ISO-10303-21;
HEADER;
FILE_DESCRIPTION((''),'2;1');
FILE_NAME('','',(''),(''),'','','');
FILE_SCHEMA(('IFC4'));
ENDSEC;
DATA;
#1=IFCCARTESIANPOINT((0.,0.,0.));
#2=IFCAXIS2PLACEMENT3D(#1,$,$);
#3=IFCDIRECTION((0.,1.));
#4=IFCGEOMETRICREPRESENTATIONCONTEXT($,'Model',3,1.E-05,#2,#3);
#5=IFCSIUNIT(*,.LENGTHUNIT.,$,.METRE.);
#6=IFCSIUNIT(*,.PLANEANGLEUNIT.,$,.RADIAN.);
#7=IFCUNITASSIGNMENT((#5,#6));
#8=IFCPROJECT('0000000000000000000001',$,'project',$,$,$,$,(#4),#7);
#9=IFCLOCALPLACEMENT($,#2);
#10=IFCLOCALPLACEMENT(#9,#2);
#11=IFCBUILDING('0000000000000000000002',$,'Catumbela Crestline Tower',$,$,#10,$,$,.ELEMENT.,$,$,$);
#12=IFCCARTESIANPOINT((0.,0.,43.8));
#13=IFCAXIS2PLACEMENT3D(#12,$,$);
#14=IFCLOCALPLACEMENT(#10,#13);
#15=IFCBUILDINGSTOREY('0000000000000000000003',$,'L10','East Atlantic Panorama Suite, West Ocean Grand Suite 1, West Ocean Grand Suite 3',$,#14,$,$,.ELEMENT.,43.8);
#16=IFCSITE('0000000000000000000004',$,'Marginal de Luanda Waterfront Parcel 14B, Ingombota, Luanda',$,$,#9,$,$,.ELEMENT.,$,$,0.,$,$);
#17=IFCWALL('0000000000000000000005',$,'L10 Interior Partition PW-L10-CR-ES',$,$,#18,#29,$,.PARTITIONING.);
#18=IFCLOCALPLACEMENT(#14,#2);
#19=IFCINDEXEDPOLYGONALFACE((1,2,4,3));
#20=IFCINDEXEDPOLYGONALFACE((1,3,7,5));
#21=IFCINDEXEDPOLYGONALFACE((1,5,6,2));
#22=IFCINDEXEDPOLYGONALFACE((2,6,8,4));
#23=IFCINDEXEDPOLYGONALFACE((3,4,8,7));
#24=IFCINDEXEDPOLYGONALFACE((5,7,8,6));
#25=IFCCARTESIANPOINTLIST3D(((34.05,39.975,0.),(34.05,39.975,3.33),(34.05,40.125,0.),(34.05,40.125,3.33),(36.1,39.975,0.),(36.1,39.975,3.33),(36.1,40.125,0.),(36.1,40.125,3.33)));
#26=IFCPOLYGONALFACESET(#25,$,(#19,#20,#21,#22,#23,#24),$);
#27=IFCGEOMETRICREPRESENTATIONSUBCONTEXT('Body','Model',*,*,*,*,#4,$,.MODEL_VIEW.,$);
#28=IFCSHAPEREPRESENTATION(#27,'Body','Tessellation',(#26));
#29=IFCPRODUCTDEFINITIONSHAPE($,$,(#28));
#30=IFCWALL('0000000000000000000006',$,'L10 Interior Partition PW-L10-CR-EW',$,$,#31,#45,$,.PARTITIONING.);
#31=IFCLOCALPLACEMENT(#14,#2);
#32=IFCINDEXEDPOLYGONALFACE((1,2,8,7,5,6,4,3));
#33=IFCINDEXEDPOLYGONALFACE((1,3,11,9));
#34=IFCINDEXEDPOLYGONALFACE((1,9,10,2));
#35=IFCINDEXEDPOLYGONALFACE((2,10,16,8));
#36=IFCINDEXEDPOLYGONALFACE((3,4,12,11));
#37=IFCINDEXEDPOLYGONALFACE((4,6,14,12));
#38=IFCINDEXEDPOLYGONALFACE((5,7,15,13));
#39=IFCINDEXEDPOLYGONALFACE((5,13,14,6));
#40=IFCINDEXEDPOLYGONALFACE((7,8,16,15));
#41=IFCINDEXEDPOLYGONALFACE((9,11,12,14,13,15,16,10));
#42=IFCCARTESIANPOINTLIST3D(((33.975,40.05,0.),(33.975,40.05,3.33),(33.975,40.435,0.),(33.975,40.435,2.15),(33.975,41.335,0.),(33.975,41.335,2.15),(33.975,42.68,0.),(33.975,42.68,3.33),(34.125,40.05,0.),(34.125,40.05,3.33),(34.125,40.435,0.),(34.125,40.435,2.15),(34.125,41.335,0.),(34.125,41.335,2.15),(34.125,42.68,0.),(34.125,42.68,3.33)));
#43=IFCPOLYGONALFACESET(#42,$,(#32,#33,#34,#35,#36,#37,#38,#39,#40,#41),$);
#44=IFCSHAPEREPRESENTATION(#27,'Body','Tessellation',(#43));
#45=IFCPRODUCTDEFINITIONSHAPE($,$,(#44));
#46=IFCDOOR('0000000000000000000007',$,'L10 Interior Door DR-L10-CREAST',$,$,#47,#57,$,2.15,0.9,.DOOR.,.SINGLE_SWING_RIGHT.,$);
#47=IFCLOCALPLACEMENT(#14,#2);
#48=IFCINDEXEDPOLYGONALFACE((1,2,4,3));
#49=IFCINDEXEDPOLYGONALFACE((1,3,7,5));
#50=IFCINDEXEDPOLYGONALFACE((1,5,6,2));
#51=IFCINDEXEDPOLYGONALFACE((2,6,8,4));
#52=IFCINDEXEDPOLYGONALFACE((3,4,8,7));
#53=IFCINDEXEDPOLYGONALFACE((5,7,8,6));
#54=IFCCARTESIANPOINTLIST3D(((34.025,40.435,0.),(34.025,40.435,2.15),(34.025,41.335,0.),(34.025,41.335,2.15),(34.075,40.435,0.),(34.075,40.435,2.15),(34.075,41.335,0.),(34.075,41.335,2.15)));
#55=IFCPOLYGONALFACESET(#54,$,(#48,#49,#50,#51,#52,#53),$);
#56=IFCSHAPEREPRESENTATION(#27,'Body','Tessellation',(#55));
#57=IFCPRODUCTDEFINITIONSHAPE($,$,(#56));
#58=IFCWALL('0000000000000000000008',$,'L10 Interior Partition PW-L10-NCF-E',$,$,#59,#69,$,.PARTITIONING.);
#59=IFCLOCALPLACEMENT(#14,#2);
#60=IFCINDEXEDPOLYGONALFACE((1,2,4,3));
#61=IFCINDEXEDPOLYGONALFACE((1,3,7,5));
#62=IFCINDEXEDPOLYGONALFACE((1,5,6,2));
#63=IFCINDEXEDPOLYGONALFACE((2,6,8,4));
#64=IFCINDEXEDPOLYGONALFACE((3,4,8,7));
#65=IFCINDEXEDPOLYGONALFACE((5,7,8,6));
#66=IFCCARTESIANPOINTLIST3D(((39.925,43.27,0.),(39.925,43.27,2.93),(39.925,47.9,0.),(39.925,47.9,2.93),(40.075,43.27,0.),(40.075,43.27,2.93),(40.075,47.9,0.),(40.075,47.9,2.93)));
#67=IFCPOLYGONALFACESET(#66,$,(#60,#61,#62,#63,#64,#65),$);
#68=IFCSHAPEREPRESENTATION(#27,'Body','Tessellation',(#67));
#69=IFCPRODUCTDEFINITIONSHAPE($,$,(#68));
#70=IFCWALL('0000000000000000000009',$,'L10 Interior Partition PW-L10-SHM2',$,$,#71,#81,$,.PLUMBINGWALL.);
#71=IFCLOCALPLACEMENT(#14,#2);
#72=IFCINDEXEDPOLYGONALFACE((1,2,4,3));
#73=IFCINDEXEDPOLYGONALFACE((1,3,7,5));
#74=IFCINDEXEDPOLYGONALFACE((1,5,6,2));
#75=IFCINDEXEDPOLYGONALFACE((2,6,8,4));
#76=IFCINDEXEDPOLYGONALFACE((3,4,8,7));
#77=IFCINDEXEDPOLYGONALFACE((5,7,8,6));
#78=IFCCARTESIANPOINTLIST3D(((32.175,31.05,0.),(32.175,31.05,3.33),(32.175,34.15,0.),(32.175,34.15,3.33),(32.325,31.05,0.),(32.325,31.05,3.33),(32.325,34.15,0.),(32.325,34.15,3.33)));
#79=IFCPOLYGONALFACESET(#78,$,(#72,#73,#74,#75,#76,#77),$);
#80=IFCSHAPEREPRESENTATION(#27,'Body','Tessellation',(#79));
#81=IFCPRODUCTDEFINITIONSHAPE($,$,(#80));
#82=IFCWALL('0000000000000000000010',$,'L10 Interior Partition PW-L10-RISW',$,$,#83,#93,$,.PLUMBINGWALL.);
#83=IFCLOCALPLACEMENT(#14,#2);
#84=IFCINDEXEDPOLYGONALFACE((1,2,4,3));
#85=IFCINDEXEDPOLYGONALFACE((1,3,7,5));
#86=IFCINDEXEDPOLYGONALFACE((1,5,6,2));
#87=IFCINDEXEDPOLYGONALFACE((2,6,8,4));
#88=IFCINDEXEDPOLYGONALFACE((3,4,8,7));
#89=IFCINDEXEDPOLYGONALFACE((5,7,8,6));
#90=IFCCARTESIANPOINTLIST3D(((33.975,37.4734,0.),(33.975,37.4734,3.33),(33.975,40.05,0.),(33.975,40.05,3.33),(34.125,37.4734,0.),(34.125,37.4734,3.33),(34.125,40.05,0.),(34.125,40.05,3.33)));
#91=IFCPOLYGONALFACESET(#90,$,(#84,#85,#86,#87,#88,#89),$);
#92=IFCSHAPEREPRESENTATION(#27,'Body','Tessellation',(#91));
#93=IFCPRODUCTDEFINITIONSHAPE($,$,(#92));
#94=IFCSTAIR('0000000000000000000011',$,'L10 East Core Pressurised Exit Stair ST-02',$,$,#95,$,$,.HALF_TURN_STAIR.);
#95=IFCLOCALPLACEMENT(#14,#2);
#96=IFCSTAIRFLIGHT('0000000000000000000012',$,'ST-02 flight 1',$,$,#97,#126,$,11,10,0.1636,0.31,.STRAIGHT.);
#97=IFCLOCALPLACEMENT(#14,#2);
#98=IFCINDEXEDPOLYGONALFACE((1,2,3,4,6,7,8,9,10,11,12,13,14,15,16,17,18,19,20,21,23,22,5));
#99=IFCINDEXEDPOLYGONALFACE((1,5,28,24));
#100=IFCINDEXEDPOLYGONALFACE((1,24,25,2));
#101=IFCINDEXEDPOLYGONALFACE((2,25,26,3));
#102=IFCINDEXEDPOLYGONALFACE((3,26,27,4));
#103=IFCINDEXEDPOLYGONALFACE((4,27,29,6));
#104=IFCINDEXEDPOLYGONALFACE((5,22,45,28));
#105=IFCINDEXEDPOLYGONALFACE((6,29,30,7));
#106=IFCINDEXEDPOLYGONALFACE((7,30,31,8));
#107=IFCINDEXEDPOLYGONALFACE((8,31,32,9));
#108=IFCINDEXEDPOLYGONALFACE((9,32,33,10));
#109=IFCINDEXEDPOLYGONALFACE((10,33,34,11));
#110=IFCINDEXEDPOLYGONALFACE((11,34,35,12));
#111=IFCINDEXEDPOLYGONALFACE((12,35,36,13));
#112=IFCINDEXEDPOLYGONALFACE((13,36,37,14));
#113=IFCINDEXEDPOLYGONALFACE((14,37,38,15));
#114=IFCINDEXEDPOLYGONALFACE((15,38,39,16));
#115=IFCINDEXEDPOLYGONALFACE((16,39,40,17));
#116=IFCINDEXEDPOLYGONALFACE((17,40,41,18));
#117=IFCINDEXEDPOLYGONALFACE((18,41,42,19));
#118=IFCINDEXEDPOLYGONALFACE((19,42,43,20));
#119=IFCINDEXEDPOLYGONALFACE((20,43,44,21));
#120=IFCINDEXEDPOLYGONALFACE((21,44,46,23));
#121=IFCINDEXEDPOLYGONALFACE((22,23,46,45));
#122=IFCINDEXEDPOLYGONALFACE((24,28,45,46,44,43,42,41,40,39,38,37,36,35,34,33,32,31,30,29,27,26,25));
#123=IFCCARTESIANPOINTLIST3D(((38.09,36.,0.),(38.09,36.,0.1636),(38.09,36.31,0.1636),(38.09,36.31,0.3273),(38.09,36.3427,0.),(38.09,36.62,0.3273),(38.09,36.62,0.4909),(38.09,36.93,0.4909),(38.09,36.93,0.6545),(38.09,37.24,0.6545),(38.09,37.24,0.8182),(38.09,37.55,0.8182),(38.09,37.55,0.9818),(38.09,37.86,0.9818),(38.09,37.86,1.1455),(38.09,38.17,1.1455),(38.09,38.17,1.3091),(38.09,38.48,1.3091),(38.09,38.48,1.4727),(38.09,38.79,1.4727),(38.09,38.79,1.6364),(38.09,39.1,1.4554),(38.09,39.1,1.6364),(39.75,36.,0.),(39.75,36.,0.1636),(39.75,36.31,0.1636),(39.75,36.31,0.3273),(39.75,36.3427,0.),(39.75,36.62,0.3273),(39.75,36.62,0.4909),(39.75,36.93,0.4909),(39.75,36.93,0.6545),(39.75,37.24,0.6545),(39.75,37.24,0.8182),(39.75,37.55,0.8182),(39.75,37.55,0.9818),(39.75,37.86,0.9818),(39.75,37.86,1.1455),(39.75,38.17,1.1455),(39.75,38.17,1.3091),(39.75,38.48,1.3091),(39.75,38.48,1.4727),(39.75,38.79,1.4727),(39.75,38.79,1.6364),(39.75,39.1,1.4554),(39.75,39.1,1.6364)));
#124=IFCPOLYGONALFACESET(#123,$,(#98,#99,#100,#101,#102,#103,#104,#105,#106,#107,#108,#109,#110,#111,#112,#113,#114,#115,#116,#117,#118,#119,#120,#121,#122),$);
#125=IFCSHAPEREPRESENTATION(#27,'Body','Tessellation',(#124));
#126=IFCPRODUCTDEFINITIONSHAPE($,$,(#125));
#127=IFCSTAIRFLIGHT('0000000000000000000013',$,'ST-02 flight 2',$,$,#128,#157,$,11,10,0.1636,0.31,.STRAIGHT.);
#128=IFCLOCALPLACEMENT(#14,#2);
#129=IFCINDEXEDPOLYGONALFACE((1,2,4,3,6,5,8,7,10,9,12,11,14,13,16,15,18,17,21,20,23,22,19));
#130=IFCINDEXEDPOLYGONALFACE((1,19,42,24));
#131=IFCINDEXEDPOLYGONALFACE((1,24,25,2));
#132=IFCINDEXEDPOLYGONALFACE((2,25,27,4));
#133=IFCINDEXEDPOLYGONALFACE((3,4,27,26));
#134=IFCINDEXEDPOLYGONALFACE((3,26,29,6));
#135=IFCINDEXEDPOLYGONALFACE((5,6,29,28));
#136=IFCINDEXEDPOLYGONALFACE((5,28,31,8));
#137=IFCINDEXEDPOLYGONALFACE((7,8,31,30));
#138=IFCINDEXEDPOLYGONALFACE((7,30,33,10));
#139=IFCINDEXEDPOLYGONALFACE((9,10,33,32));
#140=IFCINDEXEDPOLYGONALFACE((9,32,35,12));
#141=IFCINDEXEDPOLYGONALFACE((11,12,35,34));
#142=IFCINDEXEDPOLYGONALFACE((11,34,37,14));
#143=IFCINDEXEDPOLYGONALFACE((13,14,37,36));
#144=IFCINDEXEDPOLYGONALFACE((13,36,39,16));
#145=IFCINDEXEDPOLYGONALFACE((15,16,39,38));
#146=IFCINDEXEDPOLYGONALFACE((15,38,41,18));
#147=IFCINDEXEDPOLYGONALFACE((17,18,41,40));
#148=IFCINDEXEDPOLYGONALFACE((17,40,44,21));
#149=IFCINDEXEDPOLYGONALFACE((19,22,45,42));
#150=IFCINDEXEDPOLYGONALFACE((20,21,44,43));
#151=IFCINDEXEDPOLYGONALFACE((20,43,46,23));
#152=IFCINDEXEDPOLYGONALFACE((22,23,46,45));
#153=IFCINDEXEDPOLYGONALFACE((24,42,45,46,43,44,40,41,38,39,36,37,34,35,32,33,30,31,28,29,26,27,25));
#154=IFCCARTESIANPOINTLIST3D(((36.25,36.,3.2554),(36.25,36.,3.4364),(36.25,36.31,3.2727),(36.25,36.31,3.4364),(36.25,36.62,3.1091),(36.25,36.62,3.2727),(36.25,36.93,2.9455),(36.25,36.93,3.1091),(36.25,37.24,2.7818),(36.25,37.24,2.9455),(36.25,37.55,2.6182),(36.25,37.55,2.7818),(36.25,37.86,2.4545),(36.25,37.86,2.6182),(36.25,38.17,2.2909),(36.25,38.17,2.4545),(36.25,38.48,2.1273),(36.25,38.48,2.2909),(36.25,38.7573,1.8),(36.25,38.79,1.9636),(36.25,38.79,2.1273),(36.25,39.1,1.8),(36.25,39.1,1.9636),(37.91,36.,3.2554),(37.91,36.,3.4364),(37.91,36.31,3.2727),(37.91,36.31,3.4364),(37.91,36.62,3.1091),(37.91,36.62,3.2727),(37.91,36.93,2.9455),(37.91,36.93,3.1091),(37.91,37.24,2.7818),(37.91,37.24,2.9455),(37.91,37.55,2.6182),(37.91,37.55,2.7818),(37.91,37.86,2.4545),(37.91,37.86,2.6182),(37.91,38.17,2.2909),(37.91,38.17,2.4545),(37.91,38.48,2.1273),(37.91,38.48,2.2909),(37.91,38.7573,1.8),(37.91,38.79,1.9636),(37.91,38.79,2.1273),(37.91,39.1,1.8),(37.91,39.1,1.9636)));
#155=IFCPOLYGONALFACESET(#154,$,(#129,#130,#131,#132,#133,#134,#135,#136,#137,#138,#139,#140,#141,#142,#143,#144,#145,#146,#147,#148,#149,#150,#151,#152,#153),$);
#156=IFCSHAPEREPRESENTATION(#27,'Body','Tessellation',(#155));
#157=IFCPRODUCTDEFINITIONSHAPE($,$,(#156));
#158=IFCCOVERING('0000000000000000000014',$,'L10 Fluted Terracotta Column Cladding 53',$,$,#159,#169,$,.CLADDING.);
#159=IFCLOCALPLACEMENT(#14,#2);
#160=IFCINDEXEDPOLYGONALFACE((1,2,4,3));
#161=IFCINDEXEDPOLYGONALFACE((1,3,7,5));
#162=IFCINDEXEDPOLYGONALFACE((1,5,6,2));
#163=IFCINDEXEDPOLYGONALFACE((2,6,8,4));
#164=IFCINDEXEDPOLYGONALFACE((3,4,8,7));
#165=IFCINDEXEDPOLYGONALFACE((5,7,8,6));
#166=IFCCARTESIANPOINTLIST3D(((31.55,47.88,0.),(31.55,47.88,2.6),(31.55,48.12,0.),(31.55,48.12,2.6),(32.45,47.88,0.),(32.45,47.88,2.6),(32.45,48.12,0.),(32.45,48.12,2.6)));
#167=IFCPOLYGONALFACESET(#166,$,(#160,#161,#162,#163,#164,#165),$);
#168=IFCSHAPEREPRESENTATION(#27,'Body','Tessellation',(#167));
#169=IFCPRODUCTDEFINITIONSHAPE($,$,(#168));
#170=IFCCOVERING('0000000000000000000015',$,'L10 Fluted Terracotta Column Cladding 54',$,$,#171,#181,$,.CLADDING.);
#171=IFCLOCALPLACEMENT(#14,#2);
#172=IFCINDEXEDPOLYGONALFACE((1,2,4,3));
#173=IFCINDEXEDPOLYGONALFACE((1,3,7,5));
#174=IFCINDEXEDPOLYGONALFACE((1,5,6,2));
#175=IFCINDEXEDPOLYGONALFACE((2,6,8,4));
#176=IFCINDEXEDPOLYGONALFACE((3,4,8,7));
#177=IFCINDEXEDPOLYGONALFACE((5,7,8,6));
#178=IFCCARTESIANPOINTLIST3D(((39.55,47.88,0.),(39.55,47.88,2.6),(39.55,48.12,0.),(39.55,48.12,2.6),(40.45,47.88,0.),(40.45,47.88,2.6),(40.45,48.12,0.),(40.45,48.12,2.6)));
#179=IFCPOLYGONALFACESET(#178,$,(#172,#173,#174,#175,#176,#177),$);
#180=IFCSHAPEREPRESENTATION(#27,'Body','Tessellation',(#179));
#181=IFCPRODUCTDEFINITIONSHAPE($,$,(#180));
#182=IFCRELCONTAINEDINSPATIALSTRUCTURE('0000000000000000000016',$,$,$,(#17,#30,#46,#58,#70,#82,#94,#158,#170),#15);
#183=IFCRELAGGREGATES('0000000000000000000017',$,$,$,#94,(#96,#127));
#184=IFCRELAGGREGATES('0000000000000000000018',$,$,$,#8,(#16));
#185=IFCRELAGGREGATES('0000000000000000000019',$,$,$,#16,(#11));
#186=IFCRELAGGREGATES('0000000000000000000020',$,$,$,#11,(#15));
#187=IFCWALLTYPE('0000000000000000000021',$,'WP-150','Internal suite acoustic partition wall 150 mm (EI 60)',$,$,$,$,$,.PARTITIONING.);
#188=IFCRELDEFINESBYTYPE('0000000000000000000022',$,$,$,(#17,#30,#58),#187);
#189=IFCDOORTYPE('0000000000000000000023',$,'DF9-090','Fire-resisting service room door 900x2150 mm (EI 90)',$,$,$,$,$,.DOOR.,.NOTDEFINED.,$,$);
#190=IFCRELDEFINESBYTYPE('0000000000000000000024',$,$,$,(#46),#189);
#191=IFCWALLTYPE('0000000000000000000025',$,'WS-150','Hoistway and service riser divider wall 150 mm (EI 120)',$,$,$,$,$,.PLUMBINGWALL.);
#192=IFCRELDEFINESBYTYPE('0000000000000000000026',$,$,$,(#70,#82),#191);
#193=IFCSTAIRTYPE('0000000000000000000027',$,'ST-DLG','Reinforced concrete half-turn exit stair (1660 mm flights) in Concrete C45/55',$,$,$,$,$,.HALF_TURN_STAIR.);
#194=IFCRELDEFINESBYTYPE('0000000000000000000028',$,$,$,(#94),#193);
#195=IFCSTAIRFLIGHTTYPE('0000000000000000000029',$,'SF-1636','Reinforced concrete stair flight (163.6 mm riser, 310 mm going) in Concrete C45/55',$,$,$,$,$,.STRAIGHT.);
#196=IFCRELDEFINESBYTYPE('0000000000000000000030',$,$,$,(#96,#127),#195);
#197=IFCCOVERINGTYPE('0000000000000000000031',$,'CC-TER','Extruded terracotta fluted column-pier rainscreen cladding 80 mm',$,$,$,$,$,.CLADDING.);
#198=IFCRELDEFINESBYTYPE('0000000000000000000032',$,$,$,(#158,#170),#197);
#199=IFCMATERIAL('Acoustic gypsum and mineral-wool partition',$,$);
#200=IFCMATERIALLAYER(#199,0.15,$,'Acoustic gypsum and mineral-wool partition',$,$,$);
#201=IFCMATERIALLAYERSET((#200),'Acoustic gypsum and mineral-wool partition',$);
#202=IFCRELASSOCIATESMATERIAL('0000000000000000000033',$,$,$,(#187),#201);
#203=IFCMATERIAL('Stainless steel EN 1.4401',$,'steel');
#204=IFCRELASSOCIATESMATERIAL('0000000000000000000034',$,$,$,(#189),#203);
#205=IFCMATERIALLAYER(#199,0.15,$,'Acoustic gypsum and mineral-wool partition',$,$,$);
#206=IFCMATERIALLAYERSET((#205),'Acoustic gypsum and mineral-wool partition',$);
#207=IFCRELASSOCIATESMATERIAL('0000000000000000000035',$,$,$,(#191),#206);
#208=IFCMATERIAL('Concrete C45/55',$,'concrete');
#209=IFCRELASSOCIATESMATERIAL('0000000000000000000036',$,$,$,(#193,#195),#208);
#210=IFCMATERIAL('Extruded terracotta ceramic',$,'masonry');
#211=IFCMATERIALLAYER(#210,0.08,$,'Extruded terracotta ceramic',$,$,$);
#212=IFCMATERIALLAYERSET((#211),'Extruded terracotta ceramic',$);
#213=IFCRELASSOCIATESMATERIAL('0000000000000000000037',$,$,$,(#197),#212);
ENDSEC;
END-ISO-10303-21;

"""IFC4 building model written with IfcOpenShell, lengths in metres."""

from ifc_helpers import new_model, si_unit, direction, frame, frame_2d, origin, origin_2d, place, context, subcontext, project, spatial, polyline, rectangle, outline, extrude, material, layer, layer_set, type_object, element, fill, aggregate, save


model = new_model("IFC4")

# Units and contexts
model_context = context("Model", 3, precision=1e-05, world=origin(), true_north=direction((0.0, 1.0)))
body_context = subcontext(model_context, "Body", "Model", "MODEL_VIEW")
ifc_project = project(units=[si_unit("LENGTHUNIT", "METRE"), si_unit("PLANEANGLEUNIT", "RADIAN")], contexts=[model_context])

# Site, building, storey
site_placement = place(None, origin())
site = spatial("IfcSite", under=ifc_project, at=site_placement, Name="Marginal de Luanda Waterfront Parcel 14B, Ingombota, Luanda", CompositionType="ELEMENT", RefElevation=0.0)
building_placement = place(site_placement, origin())
building = spatial("IfcBuilding", under=site, at=building_placement, Name="Catumbela Crestline Tower", CompositionType="ELEMENT")
storey_placement = place(building_placement, frame((0.0, 0.0, 43.8)))
storey = spatial("IfcBuildingStorey", under=building, at=storey_placement, Name="L10", Description="East Atlantic Panorama Suite, West Ocean Grand Suite 1, West Ocean Grand Suite 3", CompositionType="ELEMENT", Elevation=43.8)

# Shared definitions
ifc_material_1 = material(Name="Stainless steel EN 1.4401", Category="steel")

# Wall
ifc_material_2 = material(Name="Acoustic gypsum and mineral-wool partition")
ifc_layer_1 = layer(ifc_material_2, 0.15, Name="Acoustic gypsum and mineral-wool partition")
ifc_layer_set_1 = layer_set([ifc_layer_1], Name="Acoustic gypsum and mineral-wool partition")
wall_type_1 = type_object("IfcWallType", Name="WP-150", Description="Internal suite acoustic partition wall 150 mm (EI 60)", PredefinedType="PARTITIONING", material=ifc_layer_set_1)
wall_1_placement = place(storey_placement, frame((34.05, 40.05, 0.0), z_axis=(0.0, 0.0, 1.0), x_axis=(1.0, 0.0, 0.0)))
element("IfcWall", 1, at=wall_1_placement, inside=storey, type_object=wall_type_1, Name="L10 Interior Partition PW-L10-CR-ES", PredefinedType="PARTITIONING", context=body_context, shape_type="SweptSolid", body=[
    extrude(rectangle(XDim=2.05, YDim=0.15, at=frame_2d((1.025, 0.0))), origin(), (0.0, 0.0, 1.0), 3.33),
])

# Wall, opening, door
wall_2_placement = place(storey_placement, frame((34.05, 40.05, 0.0), z_axis=(0.0, 0.0, 1.0), x_axis=(0.0, 1.0, 0.0)))
wall_2 = element("IfcWall", 2, at=wall_2_placement, inside=storey, type_object=wall_type_1, Name="L10 Interior Partition PW-L10-CR-EW", PredefinedType="PARTITIONING", context=body_context, shape_type="SweptSolid", body=[
    extrude(rectangle(XDim=2.63, YDim=0.15, at=frame_2d((1.315, 0.0))), origin(), (0.0, 0.0, 1.0), 3.33),
])
opening_1_placement = place(wall_2_placement, frame((0.385, 0.0, 0.0)))
opening_1 = element("IfcOpeningElement", 3, at=opening_1_placement, cuts=wall_2, PredefinedType="OPENING", context=body_context, shape_type="SweptSolid", body=[
    extrude(rectangle(XDim=0.9, YDim=2.15, at=frame_2d((0.45, 1.075))), frame((0.0, 0.085, 0.0), z_axis=(0.0, -1.0, 0.0), x_axis=(1.0, 0.0, 0.0)), (0.0, 0.0, 1.0), 0.17),
])
door_type_1 = type_object("IfcDoorType", Name="DF9-090", Description="Fire-resisting service room door 900x2150 mm (EI 90)", OperationType="NOTDEFINED", PredefinedType="DOOR", material=ifc_material_1)
door_1_placement = place(opening_1_placement, origin())
door_1 = element("IfcDoor", 4, at=door_1_placement, inside=storey, type_object=door_type_1, Name="L10 Interior Door DR-L10-CREAST", OperationType="SINGLE_SWING_RIGHT", OverallHeight=2.15, OverallWidth=0.9, PredefinedType="DOOR", context=body_context, shape_type="SweptSolid", body=[
    extrude(rectangle(XDim=0.9, YDim=2.15, at=frame_2d((0.45, 1.075))), frame((0.0, 0.025, 0.0), z_axis=(0.0, -1.0, 0.0), x_axis=(1.0, 0.0, 0.0)), (0.0, 0.0, 1.0), 0.05),
])
fill(opening_1, door_1)

# Walls
wall_3_placement = place(storey_placement, frame((40.0, 43.27, 0.0), z_axis=(0.0, 0.0, 1.0), x_axis=(0.0, 1.0, 0.0)))
element("IfcWall", 5, at=wall_3_placement, inside=storey, type_object=wall_type_1, Name="L10 Interior Partition PW-L10-NCF-E", PredefinedType="PARTITIONING", context=body_context, shape_type="SweptSolid", body=[
    extrude(rectangle(XDim=4.63, YDim=0.15, at=frame_2d((2.315, 0.0))), origin(), (0.0, 0.0, 1.0), 2.93),
])
ifc_layer_2 = layer(ifc_material_2, 0.15, Name="Acoustic gypsum and mineral-wool partition")
ifc_layer_set_2 = layer_set([ifc_layer_2], Name="Acoustic gypsum and mineral-wool partition")
wall_type_2 = type_object("IfcWallType", Name="WS-150", Description="Hoistway and service riser divider wall 150 mm (EI 120)", PredefinedType="PLUMBINGWALL", material=ifc_layer_set_2)
wall_4_placement = place(storey_placement, frame((32.25, 31.05, 0.0), z_axis=(0.0, 0.0, 1.0), x_axis=(0.0, 1.0, 0.0)))
element("IfcWall", 6, at=wall_4_placement, inside=storey, type_object=wall_type_2, Name="L10 Interior Partition PW-L10-SHM2", PredefinedType="PLUMBINGWALL", context=body_context, shape_type="SweptSolid", body=[
    extrude(rectangle(XDim=3.1, YDim=0.15, at=frame_2d((1.55, 0.0))), origin(), (0.0, 0.0, 1.0), 3.33),
])
wall_5_placement = place(storey_placement, frame((34.05, 37.4734, 0.0), z_axis=(0.0, 0.0, 1.0), x_axis=(0.0, 1.0, 0.0)))
element("IfcWall", 7, at=wall_5_placement, inside=storey, type_object=wall_type_2, Name="L10 Interior Partition PW-L10-RISW", PredefinedType="PLUMBINGWALL", context=body_context, shape_type="SweptSolid", body=[
    extrude(rectangle(XDim=2.5766, YDim=0.15, at=frame_2d((1.2883, 0.0))), origin(), (0.0, 0.0, 1.0), 3.33),
])

# Stair, stair flights
ifc_material_3 = material(Name="Concrete C45/55", Category="concrete")
stair_type = type_object("IfcStairType", Name="ST-DLG", Description="Reinforced concrete half-turn exit stair (1660 mm flights) in Concrete C45/55", PredefinedType="HALF_TURN_STAIR", material=ifc_material_3)
stair_placement = place(storey_placement, origin())
stair = element("IfcStair", 8, at=stair_placement, inside=storey, type_object=stair_type, Name="L10 East Core Pressurised Exit Stair ST-02", PredefinedType="HALF_TURN_STAIR")
stair_flight_type = type_object("IfcStairFlightType", Name="SF-1636", Description="Reinforced concrete stair flight (163.6 mm riser, 310 mm going) in Concrete C45/55", PredefinedType="STRAIGHT", material=ifc_material_3)
stair_flight_1_placement = place(storey_placement, frame((38.92, 36.0, 0.0), z_axis=(0.0, 0.0, 1.0), x_axis=(0.0, 1.0, 0.0)))
stair_flight_1 = element("IfcStairFlight", 9, at=stair_flight_1_placement, type_object=stair_flight_type, Name="ST-02 flight 1", NumberOfRisers=11, NumberOfTreads=10, PredefinedType="STRAIGHT", RiserHeight=0.1636, TreadLength=0.31, context=body_context, shape_type="SweptSolid", body=[
    extrude(outline(polyline([(0.0, 0.0), (0.0, 0.1636), (0.31, 0.1636), (0.31, 0.3273), (0.62, 0.3273), (0.62, 0.4909), (0.93, 0.4909), (0.93, 0.6545), (1.24, 0.6545), (1.24, 0.8182), (1.55, 0.8182), (1.55, 0.9818), (1.86, 0.9818), (1.86, 1.1455), (2.17, 1.1455), (2.17, 1.3091), (2.48, 1.3091), (2.48, 1.4727), (2.79, 1.4727), (2.79, 1.6364), (3.1, 1.6364), (3.1, 1.8), (3.1, 1.4554), (0.3427, 0.0), (0.0, 0.0)])), frame((0.0, 0.83, 0.0), z_axis=(0.0, -1.0, 0.0), x_axis=(1.0, 0.0, 0.0)), (0.0, 0.0, 1.0), 1.66),
])
stair_flight_2_placement = place(storey_placement, frame((37.08, 39.1, 1.8), z_axis=(0.0, 0.0, 1.0), x_axis=(0.0, -1.0, 0.0)))
stair_flight_2 = element("IfcStairFlight", 10, at=stair_flight_2_placement, type_object=stair_flight_type, Name="ST-02 flight 2", NumberOfRisers=11, NumberOfTreads=10, PredefinedType="STRAIGHT", RiserHeight=0.1636, TreadLength=0.31, context=body_context, shape_type="SweptSolid", body=[
    extrude(outline(polyline([(0.0, 0.0), (0.0, 0.1636), (0.31, 0.1636), (0.31, 0.3273), (0.62, 0.3273), (0.62, 0.4909), (0.93, 0.4909), (0.93, 0.6545), (1.24, 0.6545), (1.24, 0.8182), (1.55, 0.8182), (1.55, 0.9818), (1.86, 0.9818), (1.86, 1.1455), (2.17, 1.1455), (2.17, 1.3091), (2.48, 1.3091), (2.48, 1.4727), (2.79, 1.4727), (2.79, 1.6364), (3.1, 1.6364), (3.1, 1.8), (3.1, 1.4554), (0.3427, 0.0), (0.0, 0.0)])), frame((0.0, 0.83, 0.0), z_axis=(0.0, -1.0, 0.0), x_axis=(1.0, 0.0, 0.0)), (0.0, 0.0, 1.0), 1.66),
])
aggregate(stair, [stair_flight_1, stair_flight_2])

# Coverings
ifc_material_4 = material(Name="Extruded terracotta ceramic", Category="masonry")
ifc_layer_3 = layer(ifc_material_4, 0.08, Name="Extruded terracotta ceramic")
ifc_layer_set_3 = layer_set([ifc_layer_3], Name="Extruded terracotta ceramic")
covering_type = type_object("IfcCoveringType", Name="CC-TER", Description="Extruded terracotta fluted column-pier rainscreen cladding 80 mm", PredefinedType="CLADDING", material=ifc_layer_set_3)
for number, where, z_axis, x_axis, name in (
    (11, (32.0, 48.0, 0.0), (0.0, 0.0, 1.0), (-1.0, 0.0, 0.0), "L10 Fluted Terracotta Column Cladding 53"),
    (12, (40.0, 48.0, 0.0), (0.0, 0.0, 1.0), (-1.0, 0.0, 0.0), "L10 Fluted Terracotta Column Cladding 54"),
):
    element("IfcCovering", number, at=place(storey_placement, frame(where, z_axis=z_axis, x_axis=x_axis)), inside=storey, type_object=covering_type, Name=name, PredefinedType="CLADDING", context=body_context, shape_type="SweptSolid", body=[
        extrude(rectangle(XDim=0.9, YDim=0.24, at=origin_2d()), origin(), (0.0, 0.0, 1.0), 2.6),
    ])

save(model, "model.ifc")
